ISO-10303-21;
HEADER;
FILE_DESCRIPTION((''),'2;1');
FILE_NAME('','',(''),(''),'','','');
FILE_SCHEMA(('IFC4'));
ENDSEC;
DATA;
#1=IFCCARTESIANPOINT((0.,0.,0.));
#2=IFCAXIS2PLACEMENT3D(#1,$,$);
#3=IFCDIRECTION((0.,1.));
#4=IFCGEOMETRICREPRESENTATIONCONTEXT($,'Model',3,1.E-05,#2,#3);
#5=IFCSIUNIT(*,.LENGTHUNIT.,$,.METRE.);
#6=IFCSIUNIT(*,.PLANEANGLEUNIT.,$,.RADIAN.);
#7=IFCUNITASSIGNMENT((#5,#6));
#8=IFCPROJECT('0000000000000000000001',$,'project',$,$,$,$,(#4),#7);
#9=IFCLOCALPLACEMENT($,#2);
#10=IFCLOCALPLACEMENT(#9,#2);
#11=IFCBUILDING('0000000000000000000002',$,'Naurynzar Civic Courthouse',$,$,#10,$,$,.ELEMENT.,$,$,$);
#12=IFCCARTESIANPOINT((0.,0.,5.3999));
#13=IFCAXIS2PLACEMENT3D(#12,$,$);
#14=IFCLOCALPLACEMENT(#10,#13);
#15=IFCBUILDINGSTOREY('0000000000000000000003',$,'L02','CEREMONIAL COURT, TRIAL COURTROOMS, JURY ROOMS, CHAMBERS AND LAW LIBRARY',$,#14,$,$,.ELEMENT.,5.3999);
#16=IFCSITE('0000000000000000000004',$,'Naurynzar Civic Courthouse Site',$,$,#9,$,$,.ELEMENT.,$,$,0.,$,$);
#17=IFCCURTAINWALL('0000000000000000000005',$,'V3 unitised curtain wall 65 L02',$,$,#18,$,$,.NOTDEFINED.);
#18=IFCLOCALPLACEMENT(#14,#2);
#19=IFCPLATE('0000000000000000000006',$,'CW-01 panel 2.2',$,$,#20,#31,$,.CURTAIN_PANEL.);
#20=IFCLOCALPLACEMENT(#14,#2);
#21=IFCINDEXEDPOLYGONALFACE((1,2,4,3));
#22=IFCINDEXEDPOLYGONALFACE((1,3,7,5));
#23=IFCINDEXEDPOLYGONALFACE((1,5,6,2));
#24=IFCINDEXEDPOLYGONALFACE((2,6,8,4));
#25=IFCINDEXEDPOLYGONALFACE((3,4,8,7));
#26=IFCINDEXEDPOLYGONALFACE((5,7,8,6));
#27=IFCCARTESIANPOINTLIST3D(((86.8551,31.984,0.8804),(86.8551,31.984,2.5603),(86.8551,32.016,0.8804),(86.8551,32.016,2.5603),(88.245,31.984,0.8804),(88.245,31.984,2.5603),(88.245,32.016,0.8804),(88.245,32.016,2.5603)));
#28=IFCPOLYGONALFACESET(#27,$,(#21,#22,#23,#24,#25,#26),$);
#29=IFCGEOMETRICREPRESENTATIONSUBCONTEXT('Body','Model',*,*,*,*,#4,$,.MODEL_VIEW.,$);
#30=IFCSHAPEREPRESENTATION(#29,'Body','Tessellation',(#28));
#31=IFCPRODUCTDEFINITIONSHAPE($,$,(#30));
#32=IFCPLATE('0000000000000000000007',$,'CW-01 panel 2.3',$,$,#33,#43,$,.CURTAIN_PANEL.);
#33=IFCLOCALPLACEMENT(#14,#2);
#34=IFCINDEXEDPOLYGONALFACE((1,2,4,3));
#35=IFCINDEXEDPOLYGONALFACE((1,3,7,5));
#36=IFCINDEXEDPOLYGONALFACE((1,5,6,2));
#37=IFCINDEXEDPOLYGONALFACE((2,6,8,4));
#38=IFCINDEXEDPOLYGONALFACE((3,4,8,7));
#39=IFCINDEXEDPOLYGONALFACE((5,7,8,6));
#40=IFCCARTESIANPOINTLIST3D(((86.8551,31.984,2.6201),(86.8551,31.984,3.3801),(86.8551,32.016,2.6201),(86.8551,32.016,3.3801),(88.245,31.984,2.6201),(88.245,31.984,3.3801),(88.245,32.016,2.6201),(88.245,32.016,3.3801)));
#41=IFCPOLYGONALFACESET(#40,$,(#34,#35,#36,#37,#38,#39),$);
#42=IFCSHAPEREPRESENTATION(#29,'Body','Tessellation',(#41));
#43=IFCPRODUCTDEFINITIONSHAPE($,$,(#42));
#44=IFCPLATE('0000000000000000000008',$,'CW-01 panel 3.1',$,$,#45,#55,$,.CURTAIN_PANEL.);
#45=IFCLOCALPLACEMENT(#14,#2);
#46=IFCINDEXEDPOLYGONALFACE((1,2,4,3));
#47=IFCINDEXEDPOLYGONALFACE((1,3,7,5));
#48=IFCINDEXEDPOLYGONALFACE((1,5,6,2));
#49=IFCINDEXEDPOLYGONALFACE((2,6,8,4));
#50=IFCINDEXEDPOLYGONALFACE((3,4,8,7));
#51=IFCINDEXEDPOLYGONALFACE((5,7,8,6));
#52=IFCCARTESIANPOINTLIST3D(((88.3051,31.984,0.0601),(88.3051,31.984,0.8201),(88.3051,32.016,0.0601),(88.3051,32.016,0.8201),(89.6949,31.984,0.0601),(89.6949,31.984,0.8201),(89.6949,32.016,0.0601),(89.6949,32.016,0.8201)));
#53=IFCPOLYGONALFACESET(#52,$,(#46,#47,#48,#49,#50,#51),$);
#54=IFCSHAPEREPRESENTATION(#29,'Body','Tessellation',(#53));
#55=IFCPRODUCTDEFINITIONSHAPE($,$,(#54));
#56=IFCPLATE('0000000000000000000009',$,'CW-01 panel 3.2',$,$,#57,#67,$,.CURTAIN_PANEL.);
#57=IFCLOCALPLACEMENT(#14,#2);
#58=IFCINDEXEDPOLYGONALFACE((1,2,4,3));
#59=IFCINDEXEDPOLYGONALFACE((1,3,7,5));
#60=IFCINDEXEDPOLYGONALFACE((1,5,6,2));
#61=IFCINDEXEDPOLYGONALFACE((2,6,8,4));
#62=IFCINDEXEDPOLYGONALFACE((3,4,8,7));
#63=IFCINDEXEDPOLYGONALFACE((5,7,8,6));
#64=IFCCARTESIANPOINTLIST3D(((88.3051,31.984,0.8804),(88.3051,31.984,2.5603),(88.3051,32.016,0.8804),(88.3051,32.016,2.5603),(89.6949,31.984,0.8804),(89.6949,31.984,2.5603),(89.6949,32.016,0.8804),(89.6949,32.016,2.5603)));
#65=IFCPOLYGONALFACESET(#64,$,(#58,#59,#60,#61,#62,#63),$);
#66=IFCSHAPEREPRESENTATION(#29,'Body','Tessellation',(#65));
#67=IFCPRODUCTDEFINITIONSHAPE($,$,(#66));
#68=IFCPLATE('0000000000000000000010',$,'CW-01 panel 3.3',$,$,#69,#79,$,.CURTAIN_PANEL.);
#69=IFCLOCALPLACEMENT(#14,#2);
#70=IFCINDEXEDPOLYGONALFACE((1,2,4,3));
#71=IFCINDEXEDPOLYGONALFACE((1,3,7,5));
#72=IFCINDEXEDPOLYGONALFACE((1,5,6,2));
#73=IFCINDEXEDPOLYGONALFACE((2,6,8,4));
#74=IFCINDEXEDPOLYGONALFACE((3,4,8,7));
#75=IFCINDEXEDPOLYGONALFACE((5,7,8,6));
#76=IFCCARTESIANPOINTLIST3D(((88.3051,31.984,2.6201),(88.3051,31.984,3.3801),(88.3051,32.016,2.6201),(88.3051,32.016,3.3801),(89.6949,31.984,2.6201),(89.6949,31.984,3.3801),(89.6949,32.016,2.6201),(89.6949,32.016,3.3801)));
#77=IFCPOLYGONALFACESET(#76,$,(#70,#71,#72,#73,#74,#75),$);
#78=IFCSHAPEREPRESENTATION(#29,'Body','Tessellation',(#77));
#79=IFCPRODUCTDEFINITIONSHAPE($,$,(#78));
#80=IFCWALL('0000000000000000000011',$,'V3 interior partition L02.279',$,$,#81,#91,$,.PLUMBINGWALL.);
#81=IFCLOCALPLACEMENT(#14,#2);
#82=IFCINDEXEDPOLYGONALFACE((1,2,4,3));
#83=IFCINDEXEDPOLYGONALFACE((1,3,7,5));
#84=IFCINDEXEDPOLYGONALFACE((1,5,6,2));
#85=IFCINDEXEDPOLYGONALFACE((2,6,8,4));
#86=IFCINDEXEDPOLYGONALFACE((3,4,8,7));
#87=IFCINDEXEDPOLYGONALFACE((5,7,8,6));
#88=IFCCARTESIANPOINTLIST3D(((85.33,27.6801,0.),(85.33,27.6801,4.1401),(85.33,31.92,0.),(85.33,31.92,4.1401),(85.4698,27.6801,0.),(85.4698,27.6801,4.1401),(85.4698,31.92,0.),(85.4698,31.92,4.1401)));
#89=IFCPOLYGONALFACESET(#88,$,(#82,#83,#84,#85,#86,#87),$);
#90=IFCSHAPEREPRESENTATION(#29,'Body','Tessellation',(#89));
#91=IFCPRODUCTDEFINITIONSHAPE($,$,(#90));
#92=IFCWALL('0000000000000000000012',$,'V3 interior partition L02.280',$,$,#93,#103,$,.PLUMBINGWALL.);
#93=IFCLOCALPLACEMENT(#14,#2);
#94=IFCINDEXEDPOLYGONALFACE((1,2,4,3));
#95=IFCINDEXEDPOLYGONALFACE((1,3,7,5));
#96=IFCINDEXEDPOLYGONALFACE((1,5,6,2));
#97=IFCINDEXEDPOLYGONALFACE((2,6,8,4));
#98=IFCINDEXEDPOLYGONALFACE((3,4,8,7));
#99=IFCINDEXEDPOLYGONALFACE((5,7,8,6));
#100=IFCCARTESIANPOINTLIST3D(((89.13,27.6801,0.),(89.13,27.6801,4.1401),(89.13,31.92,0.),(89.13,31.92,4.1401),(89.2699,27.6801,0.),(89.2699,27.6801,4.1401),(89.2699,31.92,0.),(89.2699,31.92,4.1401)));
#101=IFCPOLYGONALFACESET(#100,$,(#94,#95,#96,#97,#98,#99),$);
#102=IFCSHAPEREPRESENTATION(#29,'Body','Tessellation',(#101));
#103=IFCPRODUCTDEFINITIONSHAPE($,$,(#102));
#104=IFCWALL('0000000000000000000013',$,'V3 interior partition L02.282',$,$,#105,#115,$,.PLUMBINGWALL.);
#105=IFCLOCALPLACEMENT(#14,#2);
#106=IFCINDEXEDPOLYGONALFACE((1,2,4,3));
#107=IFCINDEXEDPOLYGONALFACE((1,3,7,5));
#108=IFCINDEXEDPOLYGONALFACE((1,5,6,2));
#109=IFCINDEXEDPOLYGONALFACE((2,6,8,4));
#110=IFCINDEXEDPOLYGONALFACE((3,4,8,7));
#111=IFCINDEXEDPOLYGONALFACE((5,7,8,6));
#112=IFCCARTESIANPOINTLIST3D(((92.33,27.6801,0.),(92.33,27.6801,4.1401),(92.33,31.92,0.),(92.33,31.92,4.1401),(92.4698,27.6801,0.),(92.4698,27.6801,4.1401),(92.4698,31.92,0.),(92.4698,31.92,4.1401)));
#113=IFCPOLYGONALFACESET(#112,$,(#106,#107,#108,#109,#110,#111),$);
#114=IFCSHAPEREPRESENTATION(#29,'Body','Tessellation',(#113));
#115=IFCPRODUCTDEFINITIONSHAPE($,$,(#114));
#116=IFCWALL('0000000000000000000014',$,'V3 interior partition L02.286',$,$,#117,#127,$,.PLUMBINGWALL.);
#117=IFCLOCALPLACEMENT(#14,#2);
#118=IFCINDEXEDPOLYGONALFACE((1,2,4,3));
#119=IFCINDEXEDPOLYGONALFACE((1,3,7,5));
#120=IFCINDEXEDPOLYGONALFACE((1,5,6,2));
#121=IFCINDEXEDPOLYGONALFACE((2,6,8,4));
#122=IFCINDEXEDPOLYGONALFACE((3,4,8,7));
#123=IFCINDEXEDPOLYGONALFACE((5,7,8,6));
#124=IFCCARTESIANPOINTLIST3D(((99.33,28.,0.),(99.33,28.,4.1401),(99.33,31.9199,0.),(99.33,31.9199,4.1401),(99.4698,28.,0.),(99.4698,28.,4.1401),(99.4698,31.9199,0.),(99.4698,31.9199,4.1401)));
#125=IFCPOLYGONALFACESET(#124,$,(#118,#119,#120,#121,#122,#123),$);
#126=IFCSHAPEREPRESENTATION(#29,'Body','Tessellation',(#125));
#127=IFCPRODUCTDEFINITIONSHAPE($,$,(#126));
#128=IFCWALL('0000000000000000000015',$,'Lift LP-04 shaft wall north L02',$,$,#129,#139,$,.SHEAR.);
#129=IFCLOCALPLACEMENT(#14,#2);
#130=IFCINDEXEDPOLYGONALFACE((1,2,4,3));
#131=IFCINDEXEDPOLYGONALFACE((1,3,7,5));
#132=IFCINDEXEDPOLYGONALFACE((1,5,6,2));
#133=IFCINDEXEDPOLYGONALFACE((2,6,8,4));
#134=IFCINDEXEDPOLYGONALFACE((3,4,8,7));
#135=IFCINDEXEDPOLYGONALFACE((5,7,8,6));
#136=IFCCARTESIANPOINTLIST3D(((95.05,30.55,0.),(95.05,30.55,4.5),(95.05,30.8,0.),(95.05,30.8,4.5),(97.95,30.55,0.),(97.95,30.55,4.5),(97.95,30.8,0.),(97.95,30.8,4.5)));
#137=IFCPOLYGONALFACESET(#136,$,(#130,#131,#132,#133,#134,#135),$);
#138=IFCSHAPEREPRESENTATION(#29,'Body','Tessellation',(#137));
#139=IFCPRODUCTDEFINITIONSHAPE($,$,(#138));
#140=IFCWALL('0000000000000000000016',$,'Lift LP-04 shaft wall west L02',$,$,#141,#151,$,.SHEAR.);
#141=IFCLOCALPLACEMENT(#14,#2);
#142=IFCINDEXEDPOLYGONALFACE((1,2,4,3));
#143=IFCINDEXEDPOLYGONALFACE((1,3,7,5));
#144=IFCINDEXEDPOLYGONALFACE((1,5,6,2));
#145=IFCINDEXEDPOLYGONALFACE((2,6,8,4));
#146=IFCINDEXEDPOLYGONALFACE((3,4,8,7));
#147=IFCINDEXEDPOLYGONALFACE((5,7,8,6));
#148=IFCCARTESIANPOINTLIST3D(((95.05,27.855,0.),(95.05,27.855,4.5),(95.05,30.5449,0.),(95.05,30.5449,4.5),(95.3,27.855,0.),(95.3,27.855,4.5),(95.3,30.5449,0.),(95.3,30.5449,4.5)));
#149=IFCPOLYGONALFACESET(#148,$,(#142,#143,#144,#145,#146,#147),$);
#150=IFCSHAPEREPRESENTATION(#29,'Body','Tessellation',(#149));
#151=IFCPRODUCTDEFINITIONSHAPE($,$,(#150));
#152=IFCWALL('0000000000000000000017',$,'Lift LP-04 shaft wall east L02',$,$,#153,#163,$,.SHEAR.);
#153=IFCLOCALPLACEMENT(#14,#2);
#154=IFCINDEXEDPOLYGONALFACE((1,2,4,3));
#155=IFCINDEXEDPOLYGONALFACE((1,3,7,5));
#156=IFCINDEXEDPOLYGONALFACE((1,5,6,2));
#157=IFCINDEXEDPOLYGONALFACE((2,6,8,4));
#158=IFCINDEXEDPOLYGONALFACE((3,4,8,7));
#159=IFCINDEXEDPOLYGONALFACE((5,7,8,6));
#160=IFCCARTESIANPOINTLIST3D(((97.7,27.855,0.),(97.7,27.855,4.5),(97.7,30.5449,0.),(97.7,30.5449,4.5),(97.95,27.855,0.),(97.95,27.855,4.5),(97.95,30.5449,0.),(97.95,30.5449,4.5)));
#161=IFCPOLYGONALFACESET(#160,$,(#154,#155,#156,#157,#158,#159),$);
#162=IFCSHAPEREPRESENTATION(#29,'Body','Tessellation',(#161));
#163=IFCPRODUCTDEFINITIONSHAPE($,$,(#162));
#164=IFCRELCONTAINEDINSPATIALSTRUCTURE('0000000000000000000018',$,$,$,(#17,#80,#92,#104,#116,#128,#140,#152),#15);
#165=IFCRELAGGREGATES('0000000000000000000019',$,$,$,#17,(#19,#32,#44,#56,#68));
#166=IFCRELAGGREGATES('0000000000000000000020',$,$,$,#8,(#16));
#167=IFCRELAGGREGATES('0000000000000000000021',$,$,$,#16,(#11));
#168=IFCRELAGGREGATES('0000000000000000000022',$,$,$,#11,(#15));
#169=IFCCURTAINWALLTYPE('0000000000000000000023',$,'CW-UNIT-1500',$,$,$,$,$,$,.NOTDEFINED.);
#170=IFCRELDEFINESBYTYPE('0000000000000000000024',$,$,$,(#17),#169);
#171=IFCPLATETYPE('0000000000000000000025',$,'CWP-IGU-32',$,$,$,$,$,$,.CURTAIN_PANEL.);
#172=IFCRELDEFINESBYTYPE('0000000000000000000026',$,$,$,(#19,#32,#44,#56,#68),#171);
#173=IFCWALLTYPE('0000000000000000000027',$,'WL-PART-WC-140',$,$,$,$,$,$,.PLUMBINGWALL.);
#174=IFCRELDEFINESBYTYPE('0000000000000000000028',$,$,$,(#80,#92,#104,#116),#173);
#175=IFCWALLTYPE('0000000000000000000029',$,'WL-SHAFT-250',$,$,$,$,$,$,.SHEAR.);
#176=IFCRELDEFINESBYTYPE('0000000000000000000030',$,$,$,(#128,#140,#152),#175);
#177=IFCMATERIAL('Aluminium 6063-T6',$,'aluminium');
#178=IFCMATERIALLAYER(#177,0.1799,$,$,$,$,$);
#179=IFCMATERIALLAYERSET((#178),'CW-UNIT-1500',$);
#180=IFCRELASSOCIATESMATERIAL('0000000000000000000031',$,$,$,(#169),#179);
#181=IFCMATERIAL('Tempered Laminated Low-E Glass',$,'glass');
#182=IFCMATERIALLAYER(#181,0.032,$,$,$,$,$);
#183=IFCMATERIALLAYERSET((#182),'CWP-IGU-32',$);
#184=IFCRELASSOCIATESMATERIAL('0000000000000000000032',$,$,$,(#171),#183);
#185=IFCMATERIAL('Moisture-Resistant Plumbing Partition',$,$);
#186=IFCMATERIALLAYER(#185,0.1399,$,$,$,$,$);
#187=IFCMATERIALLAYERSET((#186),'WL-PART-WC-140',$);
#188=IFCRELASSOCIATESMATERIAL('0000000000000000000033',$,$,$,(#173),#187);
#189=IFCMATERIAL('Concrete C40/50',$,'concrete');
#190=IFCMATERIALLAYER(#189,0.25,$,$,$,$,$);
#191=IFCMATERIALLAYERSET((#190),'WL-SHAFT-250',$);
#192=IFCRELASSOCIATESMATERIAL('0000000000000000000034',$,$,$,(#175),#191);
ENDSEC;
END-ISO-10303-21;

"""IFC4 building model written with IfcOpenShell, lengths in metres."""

from ifc_helpers import new_model, si_unit, direction, frame, frame_2d, origin, origin_2d, place, context, subcontext, project, spatial, rectangle, extrude, material, layer, layer_set, type_object, element, aggregate, save


model = new_model("IFC4")

# Units and contexts
model_context = context("Model", 3, precision=1e-05, world=origin(), true_north=direction((0.0, 1.0)))
body_context = subcontext(model_context, "Body", "Model", "MODEL_VIEW")
ifc_project = project(units=[si_unit("LENGTHUNIT", "METRE"), si_unit("PLANEANGLEUNIT", "RADIAN")], contexts=[model_context])

# Site, building, storey
site_placement = place(None, origin())
site = spatial("IfcSite", under=ifc_project, at=site_placement, Name="Naurynzar Civic Courthouse Site", CompositionType="ELEMENT", RefElevation=0.0)
building_placement = place(site_placement, origin())
building = spatial("IfcBuilding", under=site, at=building_placement, Name="Naurynzar Civic Courthouse", CompositionType="ELEMENT")
storey_placement = place(building_placement, frame((0.0, 0.0, 5.3999)))
storey = spatial("IfcBuildingStorey", under=building, at=storey_placement, Name="L02", Description="CEREMONIAL COURT, TRIAL COURTROOMS, JURY ROOMS, CHAMBERS AND LAW LIBRARY", CompositionType="ELEMENT", Elevation=5.3999)

# Curtain wall, plates
ifc_material_1 = material(Name="Aluminium 6063-T6", Category="aluminium")
ifc_layer_1 = layer(ifc_material_1, 0.1799)
ifc_layer_set_1 = layer_set([ifc_layer_1], Name="CW-UNIT-1500")
curtain_wall_type = type_object("IfcCurtainWallType", Name="CW-UNIT-1500", PredefinedType="NOTDEFINED", material=ifc_layer_set_1)
curtain_wall_placement = place(storey_placement, origin())
curtain_wall = element("IfcCurtainWall", 1, at=curtain_wall_placement, inside=storey, type_object=curtain_wall_type, Name="V3 unitised curtain wall 65 L02", PredefinedType="NOTDEFINED")
ifc_material_2 = material(Name="Tempered Laminated Low-E Glass", Category="glass")
ifc_layer_2 = layer(ifc_material_2, 0.032)
ifc_layer_set_2 = layer_set([ifc_layer_2], Name="CWP-IGU-32")
plate_type = type_object("IfcPlateType", Name="CWP-IGU-32", PredefinedType="CURTAIN_PANEL", material=ifc_layer_set_2)
plate_1_placement = place(storey_placement, frame((87.55, 32.0, 0.8804), z_axis=(0.0, 0.0, 1.0), x_axis=(1.0, 0.0, 0.0)))
plate_1 = element("IfcPlate", 2, at=plate_1_placement, type_object=plate_type, Name="CW-01 panel 2.2", PredefinedType="CURTAIN_PANEL", context=body_context, shape_type="SweptSolid", body=[
    extrude(rectangle(XDim=1.3899, YDim=0.032, at=origin_2d()), origin(), (0.0, 0.0, 1.0), 1.6799),
])
plate_2_placement = place(storey_placement, frame((87.55, 32.0, 2.6201), z_axis=(0.0, 0.0, 1.0), x_axis=(1.0, 0.0, 0.0)))
plate_2 = element("IfcPlate", 3, at=plate_2_placement, type_object=plate_type, Name="CW-01 panel 2.3", PredefinedType="CURTAIN_PANEL", context=body_context, shape_type="SweptSolid", body=[
    extrude(rectangle(XDim=1.3899, YDim=0.032, at=origin_2d()), origin(), (0.0, 0.0, 1.0), 0.76),
])
plate_3_placement = place(storey_placement, frame((89.0, 32.0, 0.0601), z_axis=(0.0, 0.0, 1.0), x_axis=(1.0, 0.0, 0.0)))
plate_3 = element("IfcPlate", 4, at=plate_3_placement, type_object=plate_type, Name="CW-01 panel 3.1", PredefinedType="CURTAIN_PANEL", context=body_context, shape_type="SweptSolid", body=[
    extrude(rectangle(XDim=1.3899, YDim=0.032, at=origin_2d()), origin(), (0.0, 0.0, 1.0), 0.76),
])
plate_4_placement = place(storey_placement, frame((89.0, 32.0, 0.8804), z_axis=(0.0, 0.0, 1.0), x_axis=(1.0, 0.0, 0.0)))
plate_4 = element("IfcPlate", 5, at=plate_4_placement, type_object=plate_type, Name="CW-01 panel 3.2", PredefinedType="CURTAIN_PANEL", context=body_context, shape_type="SweptSolid", body=[
    extrude(rectangle(XDim=1.3899, YDim=0.032, at=origin_2d()), origin(), (0.0, 0.0, 1.0), 1.6799),
])
plate_5_placement = place(storey_placement, frame((89.0, 32.0, 2.6201), z_axis=(0.0, 0.0, 1.0), x_axis=(1.0, 0.0, 0.0)))
plate_5 = element("IfcPlate", 6, at=plate_5_placement, type_object=plate_type, Name="CW-01 panel 3.3", PredefinedType="CURTAIN_PANEL", context=body_context, shape_type="SweptSolid", body=[
    extrude(rectangle(XDim=1.3899, YDim=0.032, at=origin_2d()), origin(), (0.0, 0.0, 1.0), 0.76),
])
aggregate(curtain_wall, [plate_1, plate_2, plate_3, plate_4, plate_5])

# Walls
ifc_material_3 = material(Name="Moisture-Resistant Plumbing Partition")
ifc_layer_3 = layer(ifc_material_3, 0.1399)
ifc_layer_set_3 = layer_set([ifc_layer_3], Name="WL-PART-WC-140")
wall_type_1 = type_object("IfcWallType", Name="WL-PART-WC-140", PredefinedType="PLUMBINGWALL", material=ifc_layer_set_3)
for number, where, z_axis, x_axis, name in (
    (7, (85.3999, 27.6799, 0.0), (0.0, 0.0, 1.0), (0.0, 1.0, 0.0), "V3 interior partition L02.279"),
    (8, (89.2, 27.6799, 0.0), (0.0, 0.0, 1.0), (0.0, 1.0, 0.0), "V3 interior partition L02.280"),
    (9, (92.3999, 27.6799, 0.0), (0.0, 0.0, 1.0), (0.0, 1.0, 0.0), "V3 interior partition L02.282"),
):
    element("IfcWall", number, at=place(storey_placement, frame(where, z_axis=z_axis, x_axis=x_axis)), inside=storey, type_object=wall_type_1, Name=name, PredefinedType="PLUMBINGWALL", context=body_context, shape_type="SweptSolid", body=[
        extrude(rectangle(XDim=4.24, YDim=0.1399, at=frame_2d((2.1201, 0.0))), origin(), (0.0, 0.0, 1.0), 4.1401),
    ])
wall_1_placement = place(storey_placement, frame((99.3999, 28.0, 0.0), z_axis=(0.0, 0.0, 1.0), x_axis=(0.0, 1.0, 0.0)))
element("IfcWall", 10, at=wall_1_placement, inside=storey, type_object=wall_type_1, Name="V3 interior partition L02.286", PredefinedType="PLUMBINGWALL", context=body_context, shape_type="SweptSolid", body=[
    extrude(rectangle(XDim=3.9199, YDim=0.1399, at=frame_2d((1.96, 0.0))), origin(), (0.0, 0.0, 1.0), 4.1401),
])

# Shared definitions
ifc_material_4 = material(Name="Concrete C40/50", Category="concrete")
ifc_layer_4 = layer(ifc_material_4, 0.25)
ifc_layer_set_4 = layer_set([ifc_layer_4], Name="WL-SHAFT-250")
wall_type_2 = type_object("IfcWallType", Name="WL-SHAFT-250", PredefinedType="SHEAR", material=ifc_layer_set_4)

# Walls
wall_2_placement = place(storey_placement, frame((97.95, 30.675, 0.0), z_axis=(0.0, 0.0, 1.0), x_axis=(-1.0, 0.0, 0.0)))
element("IfcWall", 11, at=wall_2_placement, inside=storey, type_object=wall_type_2, Name="Lift LP-04 shaft wall north L02", PredefinedType="SHEAR", context=body_context, shape_type="SweptSolid", body=[
    extrude(rectangle(XDim=2.8999, YDim=0.25, at=frame_2d((1.45, 0.0))), origin(), (0.0, 0.0, 1.0), 4.5),
])
for number, where, z_axis, x_axis, name in (
    (12, (95.175, 30.5449, 0.0), (0.0, 0.0, 1.0), (0.0, -1.0, 0.0), "Lift LP-04 shaft wall west L02"),
    (13, (97.825, 27.855, 0.0), (0.0, 0.0, 1.0), (0.0, 1.0, 0.0), "Lift LP-04 shaft wall east L02"),
):
    element("IfcWall", number, at=place(storey_placement, frame(where, z_axis=z_axis, x_axis=x_axis)), inside=storey, type_object=wall_type_2, Name=name, PredefinedType="SHEAR", context=body_context, shape_type="SweptSolid", body=[
        extrude(rectangle(XDim=2.6899, YDim=0.25, at=frame_2d((1.345, 0.0))), origin(), (0.0, 0.0, 1.0), 4.5),
    ])

save(model, "model.ifc")
